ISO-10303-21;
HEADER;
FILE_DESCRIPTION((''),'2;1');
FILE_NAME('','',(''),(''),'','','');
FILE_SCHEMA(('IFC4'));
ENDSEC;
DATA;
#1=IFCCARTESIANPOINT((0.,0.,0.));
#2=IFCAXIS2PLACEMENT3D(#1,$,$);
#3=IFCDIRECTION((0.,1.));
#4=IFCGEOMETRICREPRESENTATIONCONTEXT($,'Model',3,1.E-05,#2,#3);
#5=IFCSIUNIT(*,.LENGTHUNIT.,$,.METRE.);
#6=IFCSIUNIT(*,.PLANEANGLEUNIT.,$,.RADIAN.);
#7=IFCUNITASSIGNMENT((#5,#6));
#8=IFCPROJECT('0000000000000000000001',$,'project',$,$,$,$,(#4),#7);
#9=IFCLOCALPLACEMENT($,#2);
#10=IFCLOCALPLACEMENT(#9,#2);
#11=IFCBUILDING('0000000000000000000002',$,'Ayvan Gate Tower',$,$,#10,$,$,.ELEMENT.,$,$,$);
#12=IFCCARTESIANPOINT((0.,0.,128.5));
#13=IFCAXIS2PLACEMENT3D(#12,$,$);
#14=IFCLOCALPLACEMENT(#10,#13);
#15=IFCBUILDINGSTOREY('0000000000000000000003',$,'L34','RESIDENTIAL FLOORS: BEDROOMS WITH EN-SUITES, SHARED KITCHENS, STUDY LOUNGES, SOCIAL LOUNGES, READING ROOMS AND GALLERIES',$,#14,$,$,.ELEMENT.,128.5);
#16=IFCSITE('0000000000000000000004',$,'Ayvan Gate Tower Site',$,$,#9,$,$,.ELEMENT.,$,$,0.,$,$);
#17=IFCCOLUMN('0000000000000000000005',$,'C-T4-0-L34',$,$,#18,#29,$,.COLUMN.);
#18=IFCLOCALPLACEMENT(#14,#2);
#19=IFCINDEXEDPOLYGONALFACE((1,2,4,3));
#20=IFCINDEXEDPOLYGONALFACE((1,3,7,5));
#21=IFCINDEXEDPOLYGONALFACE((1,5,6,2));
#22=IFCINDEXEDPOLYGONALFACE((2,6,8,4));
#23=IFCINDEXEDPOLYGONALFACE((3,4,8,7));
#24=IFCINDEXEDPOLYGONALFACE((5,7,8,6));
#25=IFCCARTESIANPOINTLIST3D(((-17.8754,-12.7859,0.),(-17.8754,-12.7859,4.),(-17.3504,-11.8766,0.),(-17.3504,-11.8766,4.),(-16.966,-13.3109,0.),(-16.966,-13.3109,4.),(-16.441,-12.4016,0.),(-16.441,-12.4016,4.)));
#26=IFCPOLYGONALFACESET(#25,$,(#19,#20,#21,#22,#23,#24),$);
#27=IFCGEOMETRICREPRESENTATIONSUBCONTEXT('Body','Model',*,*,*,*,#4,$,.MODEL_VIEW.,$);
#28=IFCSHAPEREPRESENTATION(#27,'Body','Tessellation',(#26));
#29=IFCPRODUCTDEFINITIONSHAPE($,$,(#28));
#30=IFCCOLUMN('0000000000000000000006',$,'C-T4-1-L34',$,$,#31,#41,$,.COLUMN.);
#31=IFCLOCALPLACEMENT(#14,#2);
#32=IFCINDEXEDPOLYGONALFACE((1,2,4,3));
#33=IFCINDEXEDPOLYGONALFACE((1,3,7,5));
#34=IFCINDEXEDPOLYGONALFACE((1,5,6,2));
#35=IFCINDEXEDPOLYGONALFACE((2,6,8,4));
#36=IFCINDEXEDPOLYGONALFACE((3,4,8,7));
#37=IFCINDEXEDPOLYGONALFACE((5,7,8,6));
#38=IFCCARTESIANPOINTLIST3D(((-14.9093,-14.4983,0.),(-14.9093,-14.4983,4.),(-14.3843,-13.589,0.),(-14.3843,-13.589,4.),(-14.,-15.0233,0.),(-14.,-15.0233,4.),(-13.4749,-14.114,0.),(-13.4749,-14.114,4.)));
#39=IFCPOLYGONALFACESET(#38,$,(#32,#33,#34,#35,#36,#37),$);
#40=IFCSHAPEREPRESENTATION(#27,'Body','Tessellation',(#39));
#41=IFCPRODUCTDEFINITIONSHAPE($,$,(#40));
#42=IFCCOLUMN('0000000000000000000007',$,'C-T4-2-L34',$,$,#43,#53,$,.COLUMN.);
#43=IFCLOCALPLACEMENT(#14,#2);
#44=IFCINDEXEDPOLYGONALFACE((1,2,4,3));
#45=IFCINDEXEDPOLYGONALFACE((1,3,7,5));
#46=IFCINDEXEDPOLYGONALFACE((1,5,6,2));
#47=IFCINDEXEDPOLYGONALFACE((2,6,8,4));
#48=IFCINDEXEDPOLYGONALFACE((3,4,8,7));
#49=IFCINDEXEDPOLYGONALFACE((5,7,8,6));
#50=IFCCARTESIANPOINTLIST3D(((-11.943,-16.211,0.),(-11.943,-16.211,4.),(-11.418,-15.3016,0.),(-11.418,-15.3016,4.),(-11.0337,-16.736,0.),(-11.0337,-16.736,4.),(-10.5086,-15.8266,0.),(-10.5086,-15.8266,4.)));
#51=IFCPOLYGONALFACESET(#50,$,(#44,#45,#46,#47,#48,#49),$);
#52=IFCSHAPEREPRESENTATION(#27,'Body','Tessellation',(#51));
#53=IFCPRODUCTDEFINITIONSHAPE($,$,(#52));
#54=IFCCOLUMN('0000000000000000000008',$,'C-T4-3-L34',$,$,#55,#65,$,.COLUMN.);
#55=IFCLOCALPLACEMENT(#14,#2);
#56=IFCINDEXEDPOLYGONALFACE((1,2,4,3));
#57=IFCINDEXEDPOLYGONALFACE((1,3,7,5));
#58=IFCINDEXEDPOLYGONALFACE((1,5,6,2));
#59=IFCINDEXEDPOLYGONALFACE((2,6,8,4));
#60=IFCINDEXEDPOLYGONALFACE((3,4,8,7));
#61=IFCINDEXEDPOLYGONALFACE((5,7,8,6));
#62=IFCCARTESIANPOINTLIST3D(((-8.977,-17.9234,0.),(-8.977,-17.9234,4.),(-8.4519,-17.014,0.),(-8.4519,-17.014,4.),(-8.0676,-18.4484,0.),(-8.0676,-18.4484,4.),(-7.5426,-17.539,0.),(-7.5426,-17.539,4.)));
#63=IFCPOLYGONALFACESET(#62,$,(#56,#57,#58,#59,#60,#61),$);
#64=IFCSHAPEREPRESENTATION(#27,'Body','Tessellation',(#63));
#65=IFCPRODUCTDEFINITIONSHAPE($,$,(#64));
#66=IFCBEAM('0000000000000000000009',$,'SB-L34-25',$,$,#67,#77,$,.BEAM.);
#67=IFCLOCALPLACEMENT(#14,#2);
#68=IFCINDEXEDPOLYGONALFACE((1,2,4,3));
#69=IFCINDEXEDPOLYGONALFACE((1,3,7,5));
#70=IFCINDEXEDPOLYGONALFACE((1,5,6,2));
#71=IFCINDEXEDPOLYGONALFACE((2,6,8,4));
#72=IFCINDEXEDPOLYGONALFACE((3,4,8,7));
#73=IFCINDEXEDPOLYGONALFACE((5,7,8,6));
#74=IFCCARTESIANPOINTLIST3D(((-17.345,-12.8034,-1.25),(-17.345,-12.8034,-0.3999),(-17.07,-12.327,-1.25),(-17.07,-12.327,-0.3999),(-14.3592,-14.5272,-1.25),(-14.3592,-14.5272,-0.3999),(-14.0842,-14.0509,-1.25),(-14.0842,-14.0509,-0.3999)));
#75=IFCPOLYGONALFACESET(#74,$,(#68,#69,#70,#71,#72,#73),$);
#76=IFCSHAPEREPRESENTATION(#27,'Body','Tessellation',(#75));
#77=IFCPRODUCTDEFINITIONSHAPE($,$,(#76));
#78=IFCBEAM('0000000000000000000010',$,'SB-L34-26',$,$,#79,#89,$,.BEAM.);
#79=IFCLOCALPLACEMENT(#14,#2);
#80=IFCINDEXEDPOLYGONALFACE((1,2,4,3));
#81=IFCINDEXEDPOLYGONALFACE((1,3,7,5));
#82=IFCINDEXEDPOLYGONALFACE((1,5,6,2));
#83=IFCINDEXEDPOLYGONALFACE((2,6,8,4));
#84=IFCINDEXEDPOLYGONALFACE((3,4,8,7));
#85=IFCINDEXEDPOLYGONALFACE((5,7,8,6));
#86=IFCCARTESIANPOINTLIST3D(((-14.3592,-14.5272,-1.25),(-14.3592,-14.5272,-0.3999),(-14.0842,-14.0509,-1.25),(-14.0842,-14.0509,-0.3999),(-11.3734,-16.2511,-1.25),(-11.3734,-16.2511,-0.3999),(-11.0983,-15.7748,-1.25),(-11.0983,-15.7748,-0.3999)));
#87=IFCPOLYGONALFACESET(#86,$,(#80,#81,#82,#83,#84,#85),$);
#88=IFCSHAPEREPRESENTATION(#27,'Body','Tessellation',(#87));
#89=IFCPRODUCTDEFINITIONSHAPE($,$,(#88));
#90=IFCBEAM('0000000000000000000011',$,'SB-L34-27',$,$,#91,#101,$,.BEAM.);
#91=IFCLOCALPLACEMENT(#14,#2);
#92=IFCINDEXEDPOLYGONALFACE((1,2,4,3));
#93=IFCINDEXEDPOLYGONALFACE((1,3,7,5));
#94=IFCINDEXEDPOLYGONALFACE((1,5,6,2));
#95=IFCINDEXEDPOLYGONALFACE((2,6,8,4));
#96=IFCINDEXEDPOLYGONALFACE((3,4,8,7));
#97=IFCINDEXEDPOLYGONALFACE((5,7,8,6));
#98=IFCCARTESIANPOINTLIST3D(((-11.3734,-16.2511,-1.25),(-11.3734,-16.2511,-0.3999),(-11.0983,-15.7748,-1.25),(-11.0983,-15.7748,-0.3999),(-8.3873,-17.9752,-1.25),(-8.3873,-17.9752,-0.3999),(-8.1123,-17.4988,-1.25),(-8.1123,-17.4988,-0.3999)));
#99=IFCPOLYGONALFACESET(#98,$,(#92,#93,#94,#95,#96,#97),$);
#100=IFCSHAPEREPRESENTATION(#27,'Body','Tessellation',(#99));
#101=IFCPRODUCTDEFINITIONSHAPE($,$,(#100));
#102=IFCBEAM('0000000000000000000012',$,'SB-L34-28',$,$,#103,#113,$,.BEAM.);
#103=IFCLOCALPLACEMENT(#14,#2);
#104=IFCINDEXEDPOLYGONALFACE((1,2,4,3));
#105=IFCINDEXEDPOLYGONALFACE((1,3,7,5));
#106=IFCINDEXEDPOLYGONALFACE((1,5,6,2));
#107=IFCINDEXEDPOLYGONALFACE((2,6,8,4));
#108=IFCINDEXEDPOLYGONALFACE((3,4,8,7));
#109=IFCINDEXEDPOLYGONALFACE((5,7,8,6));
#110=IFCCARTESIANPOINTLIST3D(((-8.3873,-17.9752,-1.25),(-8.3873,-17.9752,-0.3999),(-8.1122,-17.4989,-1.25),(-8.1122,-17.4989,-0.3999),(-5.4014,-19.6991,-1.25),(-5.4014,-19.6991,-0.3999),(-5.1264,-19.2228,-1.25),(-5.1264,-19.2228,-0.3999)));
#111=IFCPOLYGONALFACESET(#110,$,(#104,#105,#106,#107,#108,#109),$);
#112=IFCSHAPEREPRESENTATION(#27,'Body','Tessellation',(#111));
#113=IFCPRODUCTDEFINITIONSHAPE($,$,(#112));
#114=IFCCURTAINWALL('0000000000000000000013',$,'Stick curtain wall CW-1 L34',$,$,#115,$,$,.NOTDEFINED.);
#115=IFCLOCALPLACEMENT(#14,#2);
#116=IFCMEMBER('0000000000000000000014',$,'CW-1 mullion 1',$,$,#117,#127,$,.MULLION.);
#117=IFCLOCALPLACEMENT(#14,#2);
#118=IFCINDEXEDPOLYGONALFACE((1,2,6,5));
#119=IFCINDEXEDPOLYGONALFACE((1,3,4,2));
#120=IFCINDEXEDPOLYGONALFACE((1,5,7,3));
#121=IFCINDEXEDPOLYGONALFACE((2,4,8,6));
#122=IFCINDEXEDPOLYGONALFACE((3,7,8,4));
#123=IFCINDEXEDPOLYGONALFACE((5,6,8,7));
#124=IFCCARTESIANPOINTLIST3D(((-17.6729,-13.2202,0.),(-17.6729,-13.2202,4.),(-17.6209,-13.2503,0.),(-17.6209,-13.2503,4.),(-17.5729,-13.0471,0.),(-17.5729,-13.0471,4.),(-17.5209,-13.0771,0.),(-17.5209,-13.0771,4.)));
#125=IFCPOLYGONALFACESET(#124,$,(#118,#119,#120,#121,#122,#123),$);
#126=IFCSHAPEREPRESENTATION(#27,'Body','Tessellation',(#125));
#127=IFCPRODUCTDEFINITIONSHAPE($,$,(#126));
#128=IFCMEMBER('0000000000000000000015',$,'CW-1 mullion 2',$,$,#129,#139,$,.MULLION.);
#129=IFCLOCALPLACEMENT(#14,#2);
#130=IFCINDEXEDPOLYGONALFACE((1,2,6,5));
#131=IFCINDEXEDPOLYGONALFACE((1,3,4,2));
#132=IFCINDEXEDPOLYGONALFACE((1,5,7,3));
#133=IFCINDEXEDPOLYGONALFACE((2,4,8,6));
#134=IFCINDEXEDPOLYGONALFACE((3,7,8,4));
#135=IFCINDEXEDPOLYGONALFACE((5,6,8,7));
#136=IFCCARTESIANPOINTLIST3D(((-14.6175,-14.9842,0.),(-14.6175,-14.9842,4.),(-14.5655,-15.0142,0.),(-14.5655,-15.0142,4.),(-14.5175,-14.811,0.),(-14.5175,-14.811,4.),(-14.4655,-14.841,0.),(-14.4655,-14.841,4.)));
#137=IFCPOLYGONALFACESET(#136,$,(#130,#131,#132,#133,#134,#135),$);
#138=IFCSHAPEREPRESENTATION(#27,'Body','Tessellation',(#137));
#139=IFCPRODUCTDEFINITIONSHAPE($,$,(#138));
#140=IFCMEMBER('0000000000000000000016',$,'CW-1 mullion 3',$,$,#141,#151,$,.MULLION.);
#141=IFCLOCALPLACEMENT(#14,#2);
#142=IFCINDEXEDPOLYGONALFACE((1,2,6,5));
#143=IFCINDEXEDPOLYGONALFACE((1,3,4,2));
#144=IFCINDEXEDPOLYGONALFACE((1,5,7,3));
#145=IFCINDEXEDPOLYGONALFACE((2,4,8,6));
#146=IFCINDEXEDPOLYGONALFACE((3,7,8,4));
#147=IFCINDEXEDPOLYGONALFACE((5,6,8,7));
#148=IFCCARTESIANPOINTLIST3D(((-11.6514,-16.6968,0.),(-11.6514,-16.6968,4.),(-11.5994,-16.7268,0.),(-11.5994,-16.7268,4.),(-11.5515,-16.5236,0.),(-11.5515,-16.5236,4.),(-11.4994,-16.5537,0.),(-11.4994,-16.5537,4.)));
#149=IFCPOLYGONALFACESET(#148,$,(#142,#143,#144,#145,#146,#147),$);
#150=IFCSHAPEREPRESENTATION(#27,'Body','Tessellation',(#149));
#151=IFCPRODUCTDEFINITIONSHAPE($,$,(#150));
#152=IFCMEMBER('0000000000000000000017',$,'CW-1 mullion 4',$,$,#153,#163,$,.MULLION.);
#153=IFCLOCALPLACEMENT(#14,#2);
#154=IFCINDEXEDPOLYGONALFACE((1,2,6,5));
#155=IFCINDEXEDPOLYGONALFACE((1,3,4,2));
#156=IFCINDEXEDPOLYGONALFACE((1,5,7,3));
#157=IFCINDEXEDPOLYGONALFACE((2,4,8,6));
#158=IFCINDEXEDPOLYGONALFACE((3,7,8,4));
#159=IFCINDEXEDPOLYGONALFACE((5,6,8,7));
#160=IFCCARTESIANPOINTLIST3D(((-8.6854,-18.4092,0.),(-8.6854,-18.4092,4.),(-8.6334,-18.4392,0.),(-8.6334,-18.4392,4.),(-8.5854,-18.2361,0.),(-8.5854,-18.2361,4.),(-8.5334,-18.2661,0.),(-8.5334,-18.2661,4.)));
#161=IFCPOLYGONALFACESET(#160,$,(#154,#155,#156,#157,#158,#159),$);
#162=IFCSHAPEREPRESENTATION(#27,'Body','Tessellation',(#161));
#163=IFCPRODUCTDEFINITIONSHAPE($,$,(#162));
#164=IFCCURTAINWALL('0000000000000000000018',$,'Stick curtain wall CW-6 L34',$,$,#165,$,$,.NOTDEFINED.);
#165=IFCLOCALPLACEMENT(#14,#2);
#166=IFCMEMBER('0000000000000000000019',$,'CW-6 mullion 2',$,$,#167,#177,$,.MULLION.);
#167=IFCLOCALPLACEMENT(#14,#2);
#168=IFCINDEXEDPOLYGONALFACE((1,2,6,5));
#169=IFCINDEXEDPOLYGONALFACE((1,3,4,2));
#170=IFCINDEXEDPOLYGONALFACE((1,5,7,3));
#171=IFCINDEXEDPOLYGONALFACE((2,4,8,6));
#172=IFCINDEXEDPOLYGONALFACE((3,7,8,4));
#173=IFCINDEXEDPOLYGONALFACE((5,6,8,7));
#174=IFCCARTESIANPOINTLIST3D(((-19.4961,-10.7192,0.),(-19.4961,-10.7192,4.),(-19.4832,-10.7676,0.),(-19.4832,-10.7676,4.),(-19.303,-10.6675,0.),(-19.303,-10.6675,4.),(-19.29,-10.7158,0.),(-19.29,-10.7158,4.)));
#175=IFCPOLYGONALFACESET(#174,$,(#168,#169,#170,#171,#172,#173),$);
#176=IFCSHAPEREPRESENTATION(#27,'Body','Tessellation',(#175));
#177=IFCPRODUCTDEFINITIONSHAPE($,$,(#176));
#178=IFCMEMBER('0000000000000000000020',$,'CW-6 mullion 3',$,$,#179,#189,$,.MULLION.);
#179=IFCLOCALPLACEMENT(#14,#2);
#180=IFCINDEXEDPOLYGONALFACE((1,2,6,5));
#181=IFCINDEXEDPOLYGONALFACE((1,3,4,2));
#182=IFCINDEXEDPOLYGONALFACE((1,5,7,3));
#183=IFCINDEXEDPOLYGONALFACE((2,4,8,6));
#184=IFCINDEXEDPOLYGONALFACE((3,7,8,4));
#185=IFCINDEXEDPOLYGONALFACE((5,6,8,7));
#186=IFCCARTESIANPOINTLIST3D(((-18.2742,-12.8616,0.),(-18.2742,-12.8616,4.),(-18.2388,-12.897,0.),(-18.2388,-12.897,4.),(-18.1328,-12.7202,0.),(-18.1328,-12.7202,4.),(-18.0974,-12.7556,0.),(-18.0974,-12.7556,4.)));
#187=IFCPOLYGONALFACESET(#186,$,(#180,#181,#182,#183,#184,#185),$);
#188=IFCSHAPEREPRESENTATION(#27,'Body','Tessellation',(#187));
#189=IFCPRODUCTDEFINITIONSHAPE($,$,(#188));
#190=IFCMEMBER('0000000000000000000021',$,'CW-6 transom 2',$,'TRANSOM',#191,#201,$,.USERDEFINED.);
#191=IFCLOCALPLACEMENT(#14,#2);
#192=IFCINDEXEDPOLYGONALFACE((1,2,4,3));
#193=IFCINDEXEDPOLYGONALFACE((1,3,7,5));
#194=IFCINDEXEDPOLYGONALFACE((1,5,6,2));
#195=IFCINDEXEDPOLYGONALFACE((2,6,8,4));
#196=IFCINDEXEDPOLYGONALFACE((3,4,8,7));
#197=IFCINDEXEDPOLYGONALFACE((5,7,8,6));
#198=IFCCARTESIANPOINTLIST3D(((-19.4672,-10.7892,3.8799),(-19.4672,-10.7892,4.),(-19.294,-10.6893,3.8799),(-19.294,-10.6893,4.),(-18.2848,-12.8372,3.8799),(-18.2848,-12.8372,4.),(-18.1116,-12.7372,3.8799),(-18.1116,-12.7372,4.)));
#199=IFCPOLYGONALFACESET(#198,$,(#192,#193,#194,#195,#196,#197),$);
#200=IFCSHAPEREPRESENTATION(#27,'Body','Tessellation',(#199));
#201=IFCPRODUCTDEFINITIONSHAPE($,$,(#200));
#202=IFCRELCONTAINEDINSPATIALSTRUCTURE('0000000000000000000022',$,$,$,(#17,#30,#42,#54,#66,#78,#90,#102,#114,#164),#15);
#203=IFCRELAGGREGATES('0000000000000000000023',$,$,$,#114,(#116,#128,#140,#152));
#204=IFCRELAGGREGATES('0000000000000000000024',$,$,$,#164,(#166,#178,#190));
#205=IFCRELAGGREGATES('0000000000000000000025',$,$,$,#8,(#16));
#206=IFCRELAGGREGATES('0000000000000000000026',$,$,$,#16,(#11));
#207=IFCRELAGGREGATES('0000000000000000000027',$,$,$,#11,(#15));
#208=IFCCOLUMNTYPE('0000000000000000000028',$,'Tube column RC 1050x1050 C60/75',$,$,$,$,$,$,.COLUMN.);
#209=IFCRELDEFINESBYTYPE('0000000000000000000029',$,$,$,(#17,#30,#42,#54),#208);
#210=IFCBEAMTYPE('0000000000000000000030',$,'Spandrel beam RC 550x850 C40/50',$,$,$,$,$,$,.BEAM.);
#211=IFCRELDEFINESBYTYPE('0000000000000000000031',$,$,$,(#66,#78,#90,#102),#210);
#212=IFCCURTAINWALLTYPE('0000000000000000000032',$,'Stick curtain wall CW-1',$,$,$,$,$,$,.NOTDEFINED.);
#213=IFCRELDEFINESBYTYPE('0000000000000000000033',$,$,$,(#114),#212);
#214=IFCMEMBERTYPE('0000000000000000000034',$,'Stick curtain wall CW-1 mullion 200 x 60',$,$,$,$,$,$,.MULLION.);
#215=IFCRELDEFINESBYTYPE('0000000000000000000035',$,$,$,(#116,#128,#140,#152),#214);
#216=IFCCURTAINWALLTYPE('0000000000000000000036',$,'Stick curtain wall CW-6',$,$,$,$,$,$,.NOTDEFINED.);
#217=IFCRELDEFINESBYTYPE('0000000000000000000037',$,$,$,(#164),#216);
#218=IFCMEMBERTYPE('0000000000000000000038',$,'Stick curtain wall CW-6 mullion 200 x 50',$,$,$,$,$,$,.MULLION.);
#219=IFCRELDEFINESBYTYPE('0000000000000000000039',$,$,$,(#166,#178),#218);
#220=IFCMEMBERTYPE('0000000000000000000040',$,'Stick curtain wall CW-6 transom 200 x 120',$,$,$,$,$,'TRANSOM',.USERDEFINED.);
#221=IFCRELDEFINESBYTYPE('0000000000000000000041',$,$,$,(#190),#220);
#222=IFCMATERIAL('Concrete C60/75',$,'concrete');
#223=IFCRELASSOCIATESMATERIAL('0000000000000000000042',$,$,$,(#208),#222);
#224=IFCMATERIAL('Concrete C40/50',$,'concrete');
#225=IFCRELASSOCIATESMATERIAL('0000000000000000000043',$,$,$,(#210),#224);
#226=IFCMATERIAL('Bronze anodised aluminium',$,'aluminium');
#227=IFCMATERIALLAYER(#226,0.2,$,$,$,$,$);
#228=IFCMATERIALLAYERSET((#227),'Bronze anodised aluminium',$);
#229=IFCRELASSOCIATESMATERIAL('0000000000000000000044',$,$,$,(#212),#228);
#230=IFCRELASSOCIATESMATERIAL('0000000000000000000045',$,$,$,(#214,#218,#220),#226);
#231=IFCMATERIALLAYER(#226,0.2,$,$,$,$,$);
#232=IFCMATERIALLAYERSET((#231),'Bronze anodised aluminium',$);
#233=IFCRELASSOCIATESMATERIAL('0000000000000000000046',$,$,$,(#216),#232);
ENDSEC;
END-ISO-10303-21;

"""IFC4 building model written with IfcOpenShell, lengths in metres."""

from ifc_helpers import new_model, si_unit, direction, frame, origin, origin_2d, place, context, subcontext, project, spatial, rectangle, extrude, material, layer, layer_set, material_profile, profile_set, type_object, element, aggregate, save


model = new_model("IFC4")

# Units and contexts
model_context = context("Model", 3, precision=1e-05, world=origin(), true_north=direction((0.0, 1.0)))
body_context = subcontext(model_context, "Body", "Model", "MODEL_VIEW")
ifc_project = project(units=[si_unit("LENGTHUNIT", "METRE"), si_unit("PLANEANGLEUNIT", "RADIAN")], contexts=[model_context])

# Site, building, storey
site_placement = place(None, origin())
site = spatial("IfcSite", under=ifc_project, at=site_placement, Name="Ayvan Gate Tower Site", CompositionType="ELEMENT", RefElevation=0.0)
building_placement = place(site_placement, origin())
building = spatial("IfcBuilding", under=site, at=building_placement, Name="Ayvan Gate Tower", CompositionType="ELEMENT")
storey_placement = place(building_placement, frame((0.0, 0.0, 128.5)))
storey = spatial("IfcBuildingStorey", under=building, at=storey_placement, Name="L34", Description="RESIDENTIAL FLOORS: BEDROOMS WITH EN-SUITES, SHARED KITCHENS, STUDY LOUNGES, SOCIAL LOUNGES, READING ROOMS AND GALLERIES", CompositionType="ELEMENT", Elevation=128.5)

# Columns
ifc_material_1 = material(Name="Concrete C60/75", Category="concrete")
ifc_material_profile_1 = material_profile(ifc_material_1, rectangle(XDim=1.05, YDim=1.05, at=origin_2d()), Name="RC 1050x1050")
ifc_profile_set_1 = profile_set([ifc_material_profile_1], Name="Concrete C60/75")
column_type = type_object("IfcColumnType", Name="Tube column RC 1050x1050 C60/75", PredefinedType="COLUMN", material=ifc_profile_set_1)
for number, where, z_axis, x_axis, name in (
    (1, (-17.1582, -12.5938, 0.0), (0.0, 0.0, 1.0), (-0.5, -0.866025, 0.0), "C-T4-0-L34"),
    (2, (-14.1921, -14.3062, 0.0), (0.0, 0.0, 1.0), (-0.5, -0.866025, 0.0), "C-T4-1-L34"),
    (3, (-11.2258, -16.0188, 0.0), (0.0, 0.0, 1.0), (-0.5, -0.866025, 0.0), "C-T4-2-L34"),
    (4, (-8.2598, -17.7312, 0.0), (0.0, 0.0, 1.0), (-0.5, -0.866025, 0.0), "C-T4-3-L34"),
):
    element("IfcColumn", number, at=place(storey_placement, frame(where, z_axis=z_axis, x_axis=x_axis)), inside=storey, type_object=column_type, Name=name, PredefinedType="COLUMN", context=body_context, shape_type="SweptSolid", body=[
        extrude(rectangle(XDim=1.05, YDim=1.05, at=origin_2d()), origin(), (0.0, 0.0, 1.0), 4.0),
    ])

# Beams
ifc_material_2 = material(Name="Concrete C40/50", Category="concrete")
ifc_material_profile_2 = material_profile(ifc_material_2, rectangle(XDim=0.55, YDim=0.8501, at=origin_2d()), Name="RC 550x850")
ifc_profile_set_2 = profile_set([ifc_material_profile_2], Name="Concrete C40/50")
beam_type = type_object("IfcBeamType", Name="Spandrel beam RC 550x850 C40/50", PredefinedType="BEAM", material=ifc_profile_set_2)
for number, where, z_axis, x_axis, name in (
    (5, (-17.2075, -12.5652, -0.825), (0.866025, -0.5, 0.0), (0.5, 0.866025, 0.0), "SB-L34-25"),
    (6, (-14.2217, -14.2891, -0.825), (0.866025, -0.5, 0.0), (0.5, 0.866025, 0.0), "SB-L34-26"),
):
    element("IfcBeam", number, at=place(storey_placement, frame(where, z_axis=z_axis, x_axis=x_axis)), inside=storey, type_object=beam_type, Name=name, PredefinedType="BEAM", context=body_context, shape_type="SweptSolid", body=[
        extrude(rectangle(XDim=0.55, YDim=0.8501, at=origin_2d()), origin(), (0.0, 0.0, 1.0), 3.4478),
    ])
beam_1_placement = place(storey_placement, frame((-11.2358, -16.0129, -0.825), z_axis=(0.866012, -0.500023, 0.0), x_axis=(0.500023, 0.866012, 0.0)))
element("IfcBeam", 7, at=beam_1_placement, inside=storey, type_object=beam_type, Name="SB-L34-27", PredefinedType="BEAM", context=body_context, shape_type="SweptSolid", body=[
    extrude(rectangle(XDim=0.55, YDim=0.8501, at=origin_2d()), origin(), (0.0, 0.0, 1.0), 3.448),
])
beam_2_placement = place(storey_placement, frame((-8.2498, -17.7371, -0.825), z_axis=(0.866025, -0.5, 0.0), x_axis=(0.5, 0.866025, 0.0)))
element("IfcBeam", 8, at=beam_2_placement, inside=storey, type_object=beam_type, Name="SB-L34-28", PredefinedType="BEAM", context=body_context, shape_type="SweptSolid", body=[
    extrude(rectangle(XDim=0.55, YDim=0.8501, at=origin_2d()), origin(), (0.0, 0.0, 1.0), 3.4478),
])

# Curtain walls, members
ifc_material_3 = material(Name="Bronze anodised aluminium", Category="aluminium")
ifc_layer_1 = layer(ifc_material_3, 0.2)
ifc_layer_set_1 = layer_set([ifc_layer_1], Name="Bronze anodised aluminium")
curtain_wall_type_1 = type_object("IfcCurtainWallType", Name="Stick curtain wall CW-1", PredefinedType="NOTDEFINED", material=ifc_layer_set_1)
curtain_wall_1_placement = place(storey_placement, origin())
curtain_wall_1 = element("IfcCurtainWall", 9, at=curtain_wall_1_placement, inside=storey, type_object=curtain_wall_type_1, Name="Stick curtain wall CW-1 L34", PredefinedType="NOTDEFINED")
ifc_material_profile_3 = material_profile(ifc_material_3, rectangle(XDim=0.2, YDim=0.0601, at=origin_2d()), Name="Stick curtain wall CW-1 mullion 200 x 60")
ifc_profile_set_3 = profile_set([ifc_material_profile_3], Name="Bronze anodised aluminium")
member_type_1 = type_object("IfcMemberType", Name="Stick curtain wall CW-1 mullion 200 x 60", PredefinedType="MULLION", material=ifc_profile_set_3)
member_1_placement = place(storey_placement, frame((-17.5969, -13.1487, 0.0), z_axis=(0.0, 0.0, 1.0), x_axis=(-0.5, -0.866025, 0.0)))
member_1 = element("IfcMember", 10, at=member_1_placement, type_object=member_type_1, Name="CW-1 mullion 1", PredefinedType="MULLION", context=body_context, shape_type="SweptSolid", body=[
    extrude(rectangle(XDim=0.2, YDim=0.0601, at=origin_2d()), origin(), (0.0, 0.0, 1.0), 4.0),
])
member_2_placement = place(storey_placement, frame((-14.5415, -14.9126, 0.0), z_axis=(0.0, 0.0, 1.0), x_axis=(-0.5, -0.866025, 0.0)))
member_2 = element("IfcMember", 11, at=member_2_placement, type_object=member_type_1, Name="CW-1 mullion 2", PredefinedType="MULLION", context=body_context, shape_type="SweptSolid", body=[
    extrude(rectangle(XDim=0.2, YDim=0.0601, at=origin_2d()), origin(), (0.0, 0.0, 1.0), 4.0),
])
member_3_placement = place(storey_placement, frame((-11.5754, -16.6252, 0.0), z_axis=(0.0, 0.0, 1.0), x_axis=(-0.5, -0.866025, 0.0)))
member_3 = element("IfcMember", 12, at=member_3_placement, type_object=member_type_1, Name="CW-1 mullion 3", PredefinedType="MULLION", context=body_context, shape_type="SweptSolid", body=[
    extrude(rectangle(XDim=0.2, YDim=0.0601, at=origin_2d()), origin(), (0.0, 0.0, 1.0), 4.0),
])
member_4_placement = place(storey_placement, frame((-8.6094, -18.3376, 0.0), z_axis=(0.0, 0.0, 1.0), x_axis=(-0.5, -0.866025, 0.0)))
member_4 = element("IfcMember", 13, at=member_4_placement, type_object=member_type_1, Name="CW-1 mullion 4", PredefinedType="MULLION", context=body_context, shape_type="SweptSolid", body=[
    extrude(rectangle(XDim=0.2, YDim=0.0601, at=origin_2d()), origin(), (0.0, 0.0, 1.0), 4.0),
])
ifc_layer_2 = layer(ifc_material_3, 0.2)
ifc_layer_set_2 = layer_set([ifc_layer_2], Name="Bronze anodised aluminium")
curtain_wall_type_2 = type_object("IfcCurtainWallType", Name="Stick curtain wall CW-6", PredefinedType="NOTDEFINED", material=ifc_layer_set_2)
curtain_wall_2_placement = place(storey_placement, origin())
curtain_wall_2 = element("IfcCurtainWall", 14, at=curtain_wall_2_placement, inside=storey, type_object=curtain_wall_type_2, Name="Stick curtain wall CW-6 L34", PredefinedType="NOTDEFINED")
ifc_material_profile_4 = material_profile(ifc_material_3, rectangle(XDim=0.2, YDim=0.05, at=origin_2d()), Name="Stick curtain wall CW-6 mullion 200 x 50")
ifc_profile_set_4 = profile_set([ifc_material_profile_4], Name="Bronze anodised aluminium")
member_type_2 = type_object("IfcMemberType", Name="Stick curtain wall CW-6 mullion 200 x 50", PredefinedType="MULLION", material=ifc_profile_set_4)
member_5_placement = place(storey_placement, frame((-19.3931, -10.7175, 0.0), z_axis=(0.0, 0.0, 1.0), x_axis=(-0.965926, -0.258819, 0.0)))
member_5 = element("IfcMember", 15, at=member_5_placement, type_object=member_type_2, Name="CW-6 mullion 2", PredefinedType="MULLION", context=body_context, shape_type="SweptSolid", body=[
    extrude(rectangle(XDim=0.2, YDim=0.05, at=origin_2d()), origin(), (0.0, 0.0, 1.0), 4.0),
])
member_6_placement = place(storey_placement, frame((-18.1858, -12.8086, 0.0), z_axis=(0.0, 0.0, 1.0), x_axis=(-0.707107, -0.707107, 0.0)))
member_6 = element("IfcMember", 16, at=member_6_placement, type_object=member_type_2, Name="CW-6 mullion 3", PredefinedType="MULLION", context=body_context, shape_type="SweptSolid", body=[
    extrude(rectangle(XDim=0.2, YDim=0.05, at=origin_2d()), origin(), (0.0, 0.0, 1.0), 4.0),
])
ifc_material_profile_5 = material_profile(ifc_material_3, rectangle(XDim=0.2, YDim=0.1201, at=origin_2d()), Name="Stick curtain wall CW-6 transom 200 x 120")
ifc_profile_set_5 = profile_set([ifc_material_profile_5], Name="Bronze anodised aluminium")
member_type_3 = type_object("IfcMemberType", Name="Stick curtain wall CW-6 transom 200 x 120", ElementType="TRANSOM", PredefinedType="USERDEFINED", material=ifc_profile_set_5)
member_7_placement = place(storey_placement, frame((-19.3806, -10.7393, 3.9399), z_axis=(0.500014, -0.866017, 0.0), x_axis=(0.866017, 0.500014, 0.0)))
member_7 = element("IfcMember", 17, at=member_7_placement, type_object=member_type_3, Name="CW-6 transom 2", ObjectType="TRANSOM", PredefinedType="USERDEFINED", context=body_context, shape_type="SweptSolid", body=[
    extrude(rectangle(XDim=0.2, YDim=0.1201, at=origin_2d()), origin(), (0.0, 0.0, 1.0), 2.3647),
])

aggregate(curtain_wall_1, [member_1, member_2, member_3, member_4])
aggregate(curtain_wall_2, [member_5, member_6, member_7])

save(model, "model.ifc")
